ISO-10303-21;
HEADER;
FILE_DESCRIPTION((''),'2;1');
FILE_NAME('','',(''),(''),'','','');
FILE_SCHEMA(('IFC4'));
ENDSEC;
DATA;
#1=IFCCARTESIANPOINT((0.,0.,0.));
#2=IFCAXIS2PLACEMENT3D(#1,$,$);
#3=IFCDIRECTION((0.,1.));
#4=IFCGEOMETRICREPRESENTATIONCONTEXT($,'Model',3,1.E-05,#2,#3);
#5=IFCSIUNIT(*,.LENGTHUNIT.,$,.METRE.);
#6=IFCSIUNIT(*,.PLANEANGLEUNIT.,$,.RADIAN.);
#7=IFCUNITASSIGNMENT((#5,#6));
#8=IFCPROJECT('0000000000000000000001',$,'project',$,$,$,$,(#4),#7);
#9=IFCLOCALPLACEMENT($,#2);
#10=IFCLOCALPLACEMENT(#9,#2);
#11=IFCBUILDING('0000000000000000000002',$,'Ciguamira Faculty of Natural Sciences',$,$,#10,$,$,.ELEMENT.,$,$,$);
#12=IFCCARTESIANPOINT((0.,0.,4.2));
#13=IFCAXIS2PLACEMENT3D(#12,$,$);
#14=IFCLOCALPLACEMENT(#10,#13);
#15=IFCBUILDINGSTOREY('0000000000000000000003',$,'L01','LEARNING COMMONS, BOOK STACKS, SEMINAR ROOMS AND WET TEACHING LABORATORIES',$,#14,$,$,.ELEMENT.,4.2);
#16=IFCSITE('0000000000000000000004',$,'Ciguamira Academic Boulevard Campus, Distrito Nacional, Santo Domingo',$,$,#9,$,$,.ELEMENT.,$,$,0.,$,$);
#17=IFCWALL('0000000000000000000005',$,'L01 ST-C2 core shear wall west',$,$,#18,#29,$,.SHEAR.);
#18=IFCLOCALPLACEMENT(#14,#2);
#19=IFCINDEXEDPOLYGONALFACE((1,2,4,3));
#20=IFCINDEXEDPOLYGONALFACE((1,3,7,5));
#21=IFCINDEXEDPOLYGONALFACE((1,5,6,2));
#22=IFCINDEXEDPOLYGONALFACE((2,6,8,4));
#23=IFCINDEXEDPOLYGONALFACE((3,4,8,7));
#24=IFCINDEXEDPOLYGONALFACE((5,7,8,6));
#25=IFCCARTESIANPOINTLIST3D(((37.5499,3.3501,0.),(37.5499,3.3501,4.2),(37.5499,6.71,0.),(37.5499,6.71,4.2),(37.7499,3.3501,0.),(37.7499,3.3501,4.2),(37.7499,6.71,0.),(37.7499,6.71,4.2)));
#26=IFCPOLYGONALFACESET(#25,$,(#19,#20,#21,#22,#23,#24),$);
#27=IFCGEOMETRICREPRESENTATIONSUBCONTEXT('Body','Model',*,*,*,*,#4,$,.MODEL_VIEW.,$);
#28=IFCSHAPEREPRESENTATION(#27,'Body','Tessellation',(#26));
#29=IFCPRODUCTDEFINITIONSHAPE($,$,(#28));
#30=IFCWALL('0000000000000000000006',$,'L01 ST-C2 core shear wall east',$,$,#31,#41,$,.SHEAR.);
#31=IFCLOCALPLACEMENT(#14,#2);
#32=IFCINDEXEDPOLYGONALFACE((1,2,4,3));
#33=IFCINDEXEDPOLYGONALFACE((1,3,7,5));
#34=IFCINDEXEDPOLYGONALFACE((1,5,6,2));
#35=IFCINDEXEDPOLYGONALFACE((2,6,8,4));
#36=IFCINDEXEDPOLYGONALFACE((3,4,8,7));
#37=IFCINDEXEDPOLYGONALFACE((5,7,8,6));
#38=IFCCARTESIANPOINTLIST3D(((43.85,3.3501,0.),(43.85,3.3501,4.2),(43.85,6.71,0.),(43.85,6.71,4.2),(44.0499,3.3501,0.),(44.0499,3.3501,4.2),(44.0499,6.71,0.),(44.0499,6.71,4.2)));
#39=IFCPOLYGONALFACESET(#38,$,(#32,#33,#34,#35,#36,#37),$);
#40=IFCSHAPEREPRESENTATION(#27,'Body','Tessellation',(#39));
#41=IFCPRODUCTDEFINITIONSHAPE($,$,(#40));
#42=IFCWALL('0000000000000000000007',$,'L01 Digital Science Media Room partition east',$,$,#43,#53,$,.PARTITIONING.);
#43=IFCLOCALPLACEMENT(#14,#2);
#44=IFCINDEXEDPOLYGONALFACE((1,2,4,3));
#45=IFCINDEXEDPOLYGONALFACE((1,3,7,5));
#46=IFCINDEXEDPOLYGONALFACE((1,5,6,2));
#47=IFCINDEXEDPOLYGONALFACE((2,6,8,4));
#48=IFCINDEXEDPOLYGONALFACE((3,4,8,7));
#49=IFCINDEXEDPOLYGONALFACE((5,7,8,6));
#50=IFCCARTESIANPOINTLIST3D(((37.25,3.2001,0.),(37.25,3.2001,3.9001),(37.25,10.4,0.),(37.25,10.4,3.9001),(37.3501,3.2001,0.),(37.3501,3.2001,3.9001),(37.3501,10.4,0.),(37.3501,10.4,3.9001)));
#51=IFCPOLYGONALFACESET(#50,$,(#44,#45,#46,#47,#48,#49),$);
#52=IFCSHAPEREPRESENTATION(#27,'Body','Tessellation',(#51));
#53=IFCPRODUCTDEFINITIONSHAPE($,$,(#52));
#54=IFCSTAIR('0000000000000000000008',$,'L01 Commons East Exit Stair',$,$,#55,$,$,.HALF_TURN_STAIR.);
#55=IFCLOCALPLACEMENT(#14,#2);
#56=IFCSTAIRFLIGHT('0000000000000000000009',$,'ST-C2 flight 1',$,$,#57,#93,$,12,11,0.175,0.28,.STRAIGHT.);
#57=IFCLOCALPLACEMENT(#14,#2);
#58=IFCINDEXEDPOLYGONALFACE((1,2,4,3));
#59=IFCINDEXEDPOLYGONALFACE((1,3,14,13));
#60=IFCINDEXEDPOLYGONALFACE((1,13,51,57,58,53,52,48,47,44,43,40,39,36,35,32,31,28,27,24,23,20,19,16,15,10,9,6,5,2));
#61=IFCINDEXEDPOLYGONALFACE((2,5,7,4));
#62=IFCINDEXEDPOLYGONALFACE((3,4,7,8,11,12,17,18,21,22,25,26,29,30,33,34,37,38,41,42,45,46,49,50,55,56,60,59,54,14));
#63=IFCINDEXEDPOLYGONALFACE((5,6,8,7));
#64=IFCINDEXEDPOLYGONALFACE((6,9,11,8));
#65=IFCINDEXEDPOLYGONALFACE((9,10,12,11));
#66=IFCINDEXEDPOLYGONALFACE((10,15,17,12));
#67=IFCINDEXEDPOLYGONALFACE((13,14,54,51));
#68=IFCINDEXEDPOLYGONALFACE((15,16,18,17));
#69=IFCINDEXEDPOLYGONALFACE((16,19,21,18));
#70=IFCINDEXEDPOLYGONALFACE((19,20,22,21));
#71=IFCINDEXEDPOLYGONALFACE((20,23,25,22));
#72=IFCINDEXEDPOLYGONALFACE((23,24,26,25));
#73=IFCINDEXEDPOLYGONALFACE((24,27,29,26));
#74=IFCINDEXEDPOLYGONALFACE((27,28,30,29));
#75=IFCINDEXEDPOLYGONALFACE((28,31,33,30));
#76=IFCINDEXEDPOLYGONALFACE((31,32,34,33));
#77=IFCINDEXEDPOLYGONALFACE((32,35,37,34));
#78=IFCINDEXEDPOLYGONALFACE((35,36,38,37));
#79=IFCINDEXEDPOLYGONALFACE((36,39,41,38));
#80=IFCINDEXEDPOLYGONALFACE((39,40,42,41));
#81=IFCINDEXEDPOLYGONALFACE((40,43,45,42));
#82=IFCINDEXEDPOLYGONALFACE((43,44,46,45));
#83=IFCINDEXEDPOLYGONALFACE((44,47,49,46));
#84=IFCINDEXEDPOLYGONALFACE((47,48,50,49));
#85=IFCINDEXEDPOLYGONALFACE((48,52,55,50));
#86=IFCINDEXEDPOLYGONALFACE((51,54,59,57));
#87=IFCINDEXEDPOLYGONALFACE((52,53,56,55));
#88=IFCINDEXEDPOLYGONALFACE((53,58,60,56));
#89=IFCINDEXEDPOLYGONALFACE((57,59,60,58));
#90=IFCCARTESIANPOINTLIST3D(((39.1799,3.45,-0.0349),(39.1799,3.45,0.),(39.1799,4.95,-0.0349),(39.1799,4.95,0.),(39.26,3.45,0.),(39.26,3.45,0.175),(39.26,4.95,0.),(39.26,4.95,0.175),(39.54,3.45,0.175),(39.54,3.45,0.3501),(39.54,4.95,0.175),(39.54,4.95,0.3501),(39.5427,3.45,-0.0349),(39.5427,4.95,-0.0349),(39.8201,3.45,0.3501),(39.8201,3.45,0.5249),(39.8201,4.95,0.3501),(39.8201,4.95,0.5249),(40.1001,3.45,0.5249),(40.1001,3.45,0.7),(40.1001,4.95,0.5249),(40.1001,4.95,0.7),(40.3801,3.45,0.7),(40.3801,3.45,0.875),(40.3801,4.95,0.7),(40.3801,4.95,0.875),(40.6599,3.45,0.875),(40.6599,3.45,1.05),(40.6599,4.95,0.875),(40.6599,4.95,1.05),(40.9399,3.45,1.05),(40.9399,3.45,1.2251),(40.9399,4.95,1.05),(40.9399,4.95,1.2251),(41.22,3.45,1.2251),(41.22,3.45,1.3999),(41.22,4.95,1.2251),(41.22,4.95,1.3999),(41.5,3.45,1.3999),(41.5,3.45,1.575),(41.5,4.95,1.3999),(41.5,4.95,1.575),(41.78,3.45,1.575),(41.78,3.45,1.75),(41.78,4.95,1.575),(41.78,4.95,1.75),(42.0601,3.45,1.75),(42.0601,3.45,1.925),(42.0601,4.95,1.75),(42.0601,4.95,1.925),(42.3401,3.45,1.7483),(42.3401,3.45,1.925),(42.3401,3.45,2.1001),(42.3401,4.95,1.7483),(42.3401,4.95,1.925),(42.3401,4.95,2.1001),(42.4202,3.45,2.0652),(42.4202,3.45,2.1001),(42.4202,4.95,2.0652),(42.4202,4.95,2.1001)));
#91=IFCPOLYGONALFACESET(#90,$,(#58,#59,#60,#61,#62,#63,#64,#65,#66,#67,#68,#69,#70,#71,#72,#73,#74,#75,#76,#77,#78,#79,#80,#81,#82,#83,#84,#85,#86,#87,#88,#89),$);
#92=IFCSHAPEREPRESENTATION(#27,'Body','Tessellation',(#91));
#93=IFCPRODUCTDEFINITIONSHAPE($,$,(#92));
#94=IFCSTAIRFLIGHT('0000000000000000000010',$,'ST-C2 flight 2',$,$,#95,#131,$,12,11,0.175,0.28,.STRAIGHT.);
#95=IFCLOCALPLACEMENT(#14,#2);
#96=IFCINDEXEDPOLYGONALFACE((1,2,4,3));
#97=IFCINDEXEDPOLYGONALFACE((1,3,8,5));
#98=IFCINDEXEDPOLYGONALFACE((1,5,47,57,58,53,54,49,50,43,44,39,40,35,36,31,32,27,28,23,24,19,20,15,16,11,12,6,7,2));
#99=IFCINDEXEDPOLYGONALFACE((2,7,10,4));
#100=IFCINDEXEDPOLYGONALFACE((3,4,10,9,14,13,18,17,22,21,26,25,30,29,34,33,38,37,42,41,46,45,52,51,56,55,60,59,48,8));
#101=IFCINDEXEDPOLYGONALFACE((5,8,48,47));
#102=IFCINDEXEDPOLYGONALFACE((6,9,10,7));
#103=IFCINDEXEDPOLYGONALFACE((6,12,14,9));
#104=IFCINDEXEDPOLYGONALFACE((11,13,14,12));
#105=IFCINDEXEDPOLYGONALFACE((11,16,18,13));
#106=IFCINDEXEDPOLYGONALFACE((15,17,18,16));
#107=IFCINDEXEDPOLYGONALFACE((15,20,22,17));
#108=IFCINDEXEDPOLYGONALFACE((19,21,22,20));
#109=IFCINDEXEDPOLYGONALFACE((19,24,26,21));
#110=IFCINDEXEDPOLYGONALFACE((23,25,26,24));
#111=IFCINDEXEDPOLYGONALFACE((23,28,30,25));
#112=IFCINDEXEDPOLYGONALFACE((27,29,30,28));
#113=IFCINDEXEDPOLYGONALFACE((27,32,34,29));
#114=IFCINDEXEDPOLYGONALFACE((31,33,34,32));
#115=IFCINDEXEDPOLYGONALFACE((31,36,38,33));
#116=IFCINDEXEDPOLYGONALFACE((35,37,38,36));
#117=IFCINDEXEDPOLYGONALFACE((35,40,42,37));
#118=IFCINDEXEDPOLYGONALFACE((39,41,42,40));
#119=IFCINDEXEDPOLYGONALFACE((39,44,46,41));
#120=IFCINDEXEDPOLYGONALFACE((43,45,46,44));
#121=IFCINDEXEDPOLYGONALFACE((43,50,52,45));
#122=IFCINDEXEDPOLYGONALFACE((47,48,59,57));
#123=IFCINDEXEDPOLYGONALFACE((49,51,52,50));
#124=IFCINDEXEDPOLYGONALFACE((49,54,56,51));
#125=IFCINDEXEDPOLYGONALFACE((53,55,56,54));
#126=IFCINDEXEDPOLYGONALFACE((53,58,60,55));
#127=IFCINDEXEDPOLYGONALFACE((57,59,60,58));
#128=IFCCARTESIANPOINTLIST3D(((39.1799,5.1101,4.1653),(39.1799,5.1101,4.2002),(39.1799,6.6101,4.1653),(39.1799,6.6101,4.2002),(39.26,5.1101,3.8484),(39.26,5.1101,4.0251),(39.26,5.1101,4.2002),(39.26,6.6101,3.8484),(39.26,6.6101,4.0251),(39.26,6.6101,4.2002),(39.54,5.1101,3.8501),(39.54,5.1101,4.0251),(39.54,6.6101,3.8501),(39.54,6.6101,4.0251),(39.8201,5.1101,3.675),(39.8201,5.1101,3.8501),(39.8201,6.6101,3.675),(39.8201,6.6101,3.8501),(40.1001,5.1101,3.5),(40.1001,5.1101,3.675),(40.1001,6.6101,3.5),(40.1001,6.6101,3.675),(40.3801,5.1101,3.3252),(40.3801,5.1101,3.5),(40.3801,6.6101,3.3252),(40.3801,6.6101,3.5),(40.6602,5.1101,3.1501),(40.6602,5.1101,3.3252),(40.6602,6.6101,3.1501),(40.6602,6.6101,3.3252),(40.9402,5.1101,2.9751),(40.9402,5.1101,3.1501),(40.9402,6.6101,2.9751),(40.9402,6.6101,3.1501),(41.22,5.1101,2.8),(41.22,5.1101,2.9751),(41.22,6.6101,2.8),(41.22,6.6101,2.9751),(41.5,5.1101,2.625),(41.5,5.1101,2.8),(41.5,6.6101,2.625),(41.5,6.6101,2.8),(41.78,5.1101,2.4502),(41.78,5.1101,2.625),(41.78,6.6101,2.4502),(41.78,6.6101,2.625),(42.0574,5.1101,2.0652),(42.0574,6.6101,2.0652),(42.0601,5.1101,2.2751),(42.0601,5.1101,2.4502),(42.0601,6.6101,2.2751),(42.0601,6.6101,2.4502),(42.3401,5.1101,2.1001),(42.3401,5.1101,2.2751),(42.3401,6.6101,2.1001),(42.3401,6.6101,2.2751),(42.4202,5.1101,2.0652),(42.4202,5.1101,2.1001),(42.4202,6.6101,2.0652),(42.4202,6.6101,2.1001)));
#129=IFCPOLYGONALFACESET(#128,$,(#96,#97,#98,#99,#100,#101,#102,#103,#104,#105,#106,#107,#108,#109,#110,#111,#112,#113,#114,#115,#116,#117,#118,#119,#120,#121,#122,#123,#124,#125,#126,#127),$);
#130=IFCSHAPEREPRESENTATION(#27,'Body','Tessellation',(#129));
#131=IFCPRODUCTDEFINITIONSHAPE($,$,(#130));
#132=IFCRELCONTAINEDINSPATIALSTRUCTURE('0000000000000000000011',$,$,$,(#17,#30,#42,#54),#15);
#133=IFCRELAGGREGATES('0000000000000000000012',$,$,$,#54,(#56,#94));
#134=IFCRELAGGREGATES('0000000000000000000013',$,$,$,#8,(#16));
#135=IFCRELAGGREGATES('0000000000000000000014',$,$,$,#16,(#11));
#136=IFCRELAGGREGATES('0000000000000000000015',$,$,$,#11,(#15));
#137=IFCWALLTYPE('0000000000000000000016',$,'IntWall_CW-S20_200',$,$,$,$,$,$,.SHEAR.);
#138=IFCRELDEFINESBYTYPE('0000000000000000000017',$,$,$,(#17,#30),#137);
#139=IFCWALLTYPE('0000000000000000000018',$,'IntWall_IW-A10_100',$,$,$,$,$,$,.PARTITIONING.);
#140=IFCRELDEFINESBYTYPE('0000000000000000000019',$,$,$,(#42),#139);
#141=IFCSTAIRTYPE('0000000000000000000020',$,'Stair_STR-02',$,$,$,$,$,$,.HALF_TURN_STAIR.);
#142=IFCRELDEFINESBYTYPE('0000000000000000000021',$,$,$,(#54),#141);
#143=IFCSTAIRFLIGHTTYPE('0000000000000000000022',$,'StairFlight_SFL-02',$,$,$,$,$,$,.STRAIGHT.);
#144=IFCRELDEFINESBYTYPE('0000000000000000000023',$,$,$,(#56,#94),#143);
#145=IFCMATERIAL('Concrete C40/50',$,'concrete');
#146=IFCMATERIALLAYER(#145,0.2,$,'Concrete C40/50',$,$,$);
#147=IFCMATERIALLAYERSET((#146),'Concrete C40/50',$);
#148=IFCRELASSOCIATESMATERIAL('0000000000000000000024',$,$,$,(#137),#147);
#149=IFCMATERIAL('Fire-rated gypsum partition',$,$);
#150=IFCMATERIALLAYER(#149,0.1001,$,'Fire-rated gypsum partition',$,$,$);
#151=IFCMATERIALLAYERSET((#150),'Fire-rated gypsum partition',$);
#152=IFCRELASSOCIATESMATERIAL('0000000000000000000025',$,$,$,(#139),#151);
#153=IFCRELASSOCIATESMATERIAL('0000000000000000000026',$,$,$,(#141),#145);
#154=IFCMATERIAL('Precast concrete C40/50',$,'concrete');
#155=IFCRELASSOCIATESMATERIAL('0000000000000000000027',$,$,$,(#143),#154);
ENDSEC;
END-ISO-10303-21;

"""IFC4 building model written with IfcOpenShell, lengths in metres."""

from ifc_helpers import new_model, si_unit, direction, frame, frame_2d, origin, place, context, subcontext, project, spatial, polyline, rectangle, outline, extrude, material, layer, layer_set, type_object, element, aggregate, save


model = new_model("IFC4")

# Units and contexts
model_context = context("Model", 3, precision=1e-05, world=origin(), true_north=direction((0.0, 1.0)))
body_context = subcontext(model_context, "Body", "Model", "MODEL_VIEW")
ifc_project = project(units=[si_unit("LENGTHUNIT", "METRE"), si_unit("PLANEANGLEUNIT", "RADIAN")], contexts=[model_context])

# Site, building, storey
site_placement = place(None, origin())
site = spatial("IfcSite", under=ifc_project, at=site_placement, Name="Ciguamira Academic Boulevard Campus, Distrito Nacional, Santo Domingo", CompositionType="ELEMENT", RefElevation=0.0)
building_placement = place(site_placement, origin())
building = spatial("IfcBuilding", under=site, at=building_placement, Name="Ciguamira Faculty of Natural Sciences", CompositionType="ELEMENT")
storey_placement = place(building_placement, frame((0.0, 0.0, 4.2)))
storey = spatial("IfcBuildingStorey", under=building, at=storey_placement, Name="L01", Description="LEARNING COMMONS, BOOK STACKS, SEMINAR ROOMS AND WET TEACHING LABORATORIES", CompositionType="ELEMENT", Elevation=4.2)

# Shared definitions
ifc_material_1 = material(Name="Concrete C40/50", Category="concrete")

# Shared definitions
ifc_material_2 = material(Name="Precast concrete C40/50", Category="concrete")

# Shared definitions
ifc_layer_1 = layer(ifc_material_1, 0.2, Name="Concrete C40/50")
ifc_layer_set_1 = layer_set([ifc_layer_1], Name="Concrete C40/50")
wall_type_1 = type_object("IfcWallType", Name="IntWall_CW-S20_200", PredefinedType="SHEAR", material=ifc_layer_set_1)

# Walls
for number, where, z_axis, x_axis, name in (
    (1, (37.6499, 3.3501, 0.0), (0.0, 0.0, 1.0), (0.0, 1.0, 0.0), "L01 ST-C2 core shear wall west"),
    (2, (43.95, 3.3501, 0.0), (0.0, 0.0, 1.0), (0.0, 1.0, 0.0), "L01 ST-C2 core shear wall east"),
):
    element("IfcWall", number, at=place(storey_placement, frame(where, z_axis=z_axis, x_axis=x_axis)), inside=storey, type_object=wall_type_1, Name=name, PredefinedType="SHEAR", context=body_context, shape_type="SweptSolid", body=[
        extrude(rectangle(XDim=3.3599, YDim=0.2, at=frame_2d((1.6799, 0.0))), origin(), (0.0, 0.0, 1.0), 4.2),
    ])
ifc_material_3 = material(Name="Fire-rated gypsum partition")
ifc_layer_2 = layer(ifc_material_3, 0.1001, Name="Fire-rated gypsum partition")
ifc_layer_set_2 = layer_set([ifc_layer_2], Name="Fire-rated gypsum partition")
wall_type_2 = type_object("IfcWallType", Name="IntWall_IW-A10_100", PredefinedType="PARTITIONING", material=ifc_layer_set_2)
wall_1_placement = place(storey_placement, frame((37.3, 3.2, 0.0), z_axis=(0.0, 0.0, 1.0), x_axis=(0.0, 1.0, 0.0)))
element("IfcWall", 3, at=wall_1_placement, inside=storey, type_object=wall_type_2, Name="L01 Digital Science Media Room partition east", PredefinedType="PARTITIONING", context=body_context, shape_type="SweptSolid", body=[
    extrude(rectangle(XDim=7.2, YDim=0.1001, at=frame_2d((3.6001, 0.0))), origin(), (0.0, 0.0, 1.0), 3.9001),
])

# Stair, stair flights
stair_type = type_object("IfcStairType", Name="Stair_STR-02", PredefinedType="HALF_TURN_STAIR", material=ifc_material_1)
stair_placement = place(storey_placement, origin())
stair = element("IfcStair", 4, at=stair_placement, inside=storey, type_object=stair_type, Name="L01 Commons East Exit Stair", PredefinedType="HALF_TURN_STAIR")
stair_flight_type = type_object("IfcStairFlightType", Name="StairFlight_SFL-02", PredefinedType="STRAIGHT", material=ifc_material_2)
stair_flight_1_placement = place(storey_placement, frame((39.26, 4.2, 0.0), z_axis=(0.0, 0.0, 1.0), x_axis=(1.0, 0.0, 0.0)))
stair_flight_1 = element("IfcStairFlight", 5, at=stair_flight_1_placement, type_object=stair_flight_type, Name="ST-C2 flight 1", NumberOfRisers=12, NumberOfTreads=11, PredefinedType="STRAIGHT", RiserHeight=0.175, TreadLength=0.28, context=body_context, shape_type="SweptSolid", body=[
    extrude(outline(polyline([(-0.0801, -0.0349), (-0.0801, 0.0), (0.0, 0.0), (0.0, 0.175), (0.28, 0.175), (0.28, 0.3501), (0.5601, 0.3501), (0.5601, 0.5249), (0.8401, 0.5249), (0.8401, 0.7), (1.1201, 0.7), (1.1201, 0.875), (1.3999, 0.875), (1.3999, 1.05), (1.6799, 1.05), (1.6799, 1.2251), (1.96, 1.2251), (1.96, 1.3999), (2.24, 1.3999), (2.24, 1.575), (2.52, 1.575), (2.52, 1.75), (2.8, 1.75), (2.8, 1.925), (3.0801, 1.925), (3.0801, 2.1001), (3.1602, 2.1001), (3.1602, 2.0652), (3.0801, 1.7483), (0.2827, -0.0349), (-0.0801, -0.0349)])), frame((0.0, 0.75, 0.0), z_axis=(0.0, -1.0, 0.0), x_axis=(1.0, 0.0, 0.0)), (0.0, 0.0, 1.0), 1.5),
])
stair_flight_2_placement = place(storey_placement, frame((42.3401, 5.8601, 2.1001), z_axis=(0.0, 0.0, 1.0), x_axis=(-1.0, 0.0, 0.0)))
stair_flight_2 = element("IfcStairFlight", 6, at=stair_flight_2_placement, type_object=stair_flight_type, Name="ST-C2 flight 2", NumberOfRisers=12, NumberOfTreads=11, PredefinedType="STRAIGHT", RiserHeight=0.175, TreadLength=0.28, context=body_context, shape_type="SweptSolid", body=[
    extrude(outline(polyline([(-0.0801, -0.0349), (-0.0801, 0.0), (0.0, 0.0), (0.0, 0.175), (0.28, 0.175), (0.28, 0.3501), (0.5601, 0.3501), (0.5601, 0.5249), (0.8401, 0.5249), (0.8401, 0.7), (1.1201, 0.7), (1.1201, 0.875), (1.3999, 0.875), (1.3999, 1.05), (1.6799, 1.05), (1.6799, 1.2251), (1.96, 1.2251), (1.96, 1.3999), (2.24, 1.3999), (2.24, 1.575), (2.52, 1.575), (2.52, 1.75), (2.8, 1.75), (2.8, 1.925), (3.0801, 1.925), (3.0801, 2.1001), (3.1602, 2.1001), (3.1602, 2.0652), (3.0801, 1.7483), (0.2827, -0.0349), (-0.0801, -0.0349)])), frame((0.0, 0.75, 0.0), z_axis=(0.0, -1.0, 0.0), x_axis=(1.0, 0.0, 0.0)), (0.0, 0.0, 1.0), 1.5),
])
aggregate(stair, [stair_flight_1, stair_flight_2])

save(model, "model.ifc")
